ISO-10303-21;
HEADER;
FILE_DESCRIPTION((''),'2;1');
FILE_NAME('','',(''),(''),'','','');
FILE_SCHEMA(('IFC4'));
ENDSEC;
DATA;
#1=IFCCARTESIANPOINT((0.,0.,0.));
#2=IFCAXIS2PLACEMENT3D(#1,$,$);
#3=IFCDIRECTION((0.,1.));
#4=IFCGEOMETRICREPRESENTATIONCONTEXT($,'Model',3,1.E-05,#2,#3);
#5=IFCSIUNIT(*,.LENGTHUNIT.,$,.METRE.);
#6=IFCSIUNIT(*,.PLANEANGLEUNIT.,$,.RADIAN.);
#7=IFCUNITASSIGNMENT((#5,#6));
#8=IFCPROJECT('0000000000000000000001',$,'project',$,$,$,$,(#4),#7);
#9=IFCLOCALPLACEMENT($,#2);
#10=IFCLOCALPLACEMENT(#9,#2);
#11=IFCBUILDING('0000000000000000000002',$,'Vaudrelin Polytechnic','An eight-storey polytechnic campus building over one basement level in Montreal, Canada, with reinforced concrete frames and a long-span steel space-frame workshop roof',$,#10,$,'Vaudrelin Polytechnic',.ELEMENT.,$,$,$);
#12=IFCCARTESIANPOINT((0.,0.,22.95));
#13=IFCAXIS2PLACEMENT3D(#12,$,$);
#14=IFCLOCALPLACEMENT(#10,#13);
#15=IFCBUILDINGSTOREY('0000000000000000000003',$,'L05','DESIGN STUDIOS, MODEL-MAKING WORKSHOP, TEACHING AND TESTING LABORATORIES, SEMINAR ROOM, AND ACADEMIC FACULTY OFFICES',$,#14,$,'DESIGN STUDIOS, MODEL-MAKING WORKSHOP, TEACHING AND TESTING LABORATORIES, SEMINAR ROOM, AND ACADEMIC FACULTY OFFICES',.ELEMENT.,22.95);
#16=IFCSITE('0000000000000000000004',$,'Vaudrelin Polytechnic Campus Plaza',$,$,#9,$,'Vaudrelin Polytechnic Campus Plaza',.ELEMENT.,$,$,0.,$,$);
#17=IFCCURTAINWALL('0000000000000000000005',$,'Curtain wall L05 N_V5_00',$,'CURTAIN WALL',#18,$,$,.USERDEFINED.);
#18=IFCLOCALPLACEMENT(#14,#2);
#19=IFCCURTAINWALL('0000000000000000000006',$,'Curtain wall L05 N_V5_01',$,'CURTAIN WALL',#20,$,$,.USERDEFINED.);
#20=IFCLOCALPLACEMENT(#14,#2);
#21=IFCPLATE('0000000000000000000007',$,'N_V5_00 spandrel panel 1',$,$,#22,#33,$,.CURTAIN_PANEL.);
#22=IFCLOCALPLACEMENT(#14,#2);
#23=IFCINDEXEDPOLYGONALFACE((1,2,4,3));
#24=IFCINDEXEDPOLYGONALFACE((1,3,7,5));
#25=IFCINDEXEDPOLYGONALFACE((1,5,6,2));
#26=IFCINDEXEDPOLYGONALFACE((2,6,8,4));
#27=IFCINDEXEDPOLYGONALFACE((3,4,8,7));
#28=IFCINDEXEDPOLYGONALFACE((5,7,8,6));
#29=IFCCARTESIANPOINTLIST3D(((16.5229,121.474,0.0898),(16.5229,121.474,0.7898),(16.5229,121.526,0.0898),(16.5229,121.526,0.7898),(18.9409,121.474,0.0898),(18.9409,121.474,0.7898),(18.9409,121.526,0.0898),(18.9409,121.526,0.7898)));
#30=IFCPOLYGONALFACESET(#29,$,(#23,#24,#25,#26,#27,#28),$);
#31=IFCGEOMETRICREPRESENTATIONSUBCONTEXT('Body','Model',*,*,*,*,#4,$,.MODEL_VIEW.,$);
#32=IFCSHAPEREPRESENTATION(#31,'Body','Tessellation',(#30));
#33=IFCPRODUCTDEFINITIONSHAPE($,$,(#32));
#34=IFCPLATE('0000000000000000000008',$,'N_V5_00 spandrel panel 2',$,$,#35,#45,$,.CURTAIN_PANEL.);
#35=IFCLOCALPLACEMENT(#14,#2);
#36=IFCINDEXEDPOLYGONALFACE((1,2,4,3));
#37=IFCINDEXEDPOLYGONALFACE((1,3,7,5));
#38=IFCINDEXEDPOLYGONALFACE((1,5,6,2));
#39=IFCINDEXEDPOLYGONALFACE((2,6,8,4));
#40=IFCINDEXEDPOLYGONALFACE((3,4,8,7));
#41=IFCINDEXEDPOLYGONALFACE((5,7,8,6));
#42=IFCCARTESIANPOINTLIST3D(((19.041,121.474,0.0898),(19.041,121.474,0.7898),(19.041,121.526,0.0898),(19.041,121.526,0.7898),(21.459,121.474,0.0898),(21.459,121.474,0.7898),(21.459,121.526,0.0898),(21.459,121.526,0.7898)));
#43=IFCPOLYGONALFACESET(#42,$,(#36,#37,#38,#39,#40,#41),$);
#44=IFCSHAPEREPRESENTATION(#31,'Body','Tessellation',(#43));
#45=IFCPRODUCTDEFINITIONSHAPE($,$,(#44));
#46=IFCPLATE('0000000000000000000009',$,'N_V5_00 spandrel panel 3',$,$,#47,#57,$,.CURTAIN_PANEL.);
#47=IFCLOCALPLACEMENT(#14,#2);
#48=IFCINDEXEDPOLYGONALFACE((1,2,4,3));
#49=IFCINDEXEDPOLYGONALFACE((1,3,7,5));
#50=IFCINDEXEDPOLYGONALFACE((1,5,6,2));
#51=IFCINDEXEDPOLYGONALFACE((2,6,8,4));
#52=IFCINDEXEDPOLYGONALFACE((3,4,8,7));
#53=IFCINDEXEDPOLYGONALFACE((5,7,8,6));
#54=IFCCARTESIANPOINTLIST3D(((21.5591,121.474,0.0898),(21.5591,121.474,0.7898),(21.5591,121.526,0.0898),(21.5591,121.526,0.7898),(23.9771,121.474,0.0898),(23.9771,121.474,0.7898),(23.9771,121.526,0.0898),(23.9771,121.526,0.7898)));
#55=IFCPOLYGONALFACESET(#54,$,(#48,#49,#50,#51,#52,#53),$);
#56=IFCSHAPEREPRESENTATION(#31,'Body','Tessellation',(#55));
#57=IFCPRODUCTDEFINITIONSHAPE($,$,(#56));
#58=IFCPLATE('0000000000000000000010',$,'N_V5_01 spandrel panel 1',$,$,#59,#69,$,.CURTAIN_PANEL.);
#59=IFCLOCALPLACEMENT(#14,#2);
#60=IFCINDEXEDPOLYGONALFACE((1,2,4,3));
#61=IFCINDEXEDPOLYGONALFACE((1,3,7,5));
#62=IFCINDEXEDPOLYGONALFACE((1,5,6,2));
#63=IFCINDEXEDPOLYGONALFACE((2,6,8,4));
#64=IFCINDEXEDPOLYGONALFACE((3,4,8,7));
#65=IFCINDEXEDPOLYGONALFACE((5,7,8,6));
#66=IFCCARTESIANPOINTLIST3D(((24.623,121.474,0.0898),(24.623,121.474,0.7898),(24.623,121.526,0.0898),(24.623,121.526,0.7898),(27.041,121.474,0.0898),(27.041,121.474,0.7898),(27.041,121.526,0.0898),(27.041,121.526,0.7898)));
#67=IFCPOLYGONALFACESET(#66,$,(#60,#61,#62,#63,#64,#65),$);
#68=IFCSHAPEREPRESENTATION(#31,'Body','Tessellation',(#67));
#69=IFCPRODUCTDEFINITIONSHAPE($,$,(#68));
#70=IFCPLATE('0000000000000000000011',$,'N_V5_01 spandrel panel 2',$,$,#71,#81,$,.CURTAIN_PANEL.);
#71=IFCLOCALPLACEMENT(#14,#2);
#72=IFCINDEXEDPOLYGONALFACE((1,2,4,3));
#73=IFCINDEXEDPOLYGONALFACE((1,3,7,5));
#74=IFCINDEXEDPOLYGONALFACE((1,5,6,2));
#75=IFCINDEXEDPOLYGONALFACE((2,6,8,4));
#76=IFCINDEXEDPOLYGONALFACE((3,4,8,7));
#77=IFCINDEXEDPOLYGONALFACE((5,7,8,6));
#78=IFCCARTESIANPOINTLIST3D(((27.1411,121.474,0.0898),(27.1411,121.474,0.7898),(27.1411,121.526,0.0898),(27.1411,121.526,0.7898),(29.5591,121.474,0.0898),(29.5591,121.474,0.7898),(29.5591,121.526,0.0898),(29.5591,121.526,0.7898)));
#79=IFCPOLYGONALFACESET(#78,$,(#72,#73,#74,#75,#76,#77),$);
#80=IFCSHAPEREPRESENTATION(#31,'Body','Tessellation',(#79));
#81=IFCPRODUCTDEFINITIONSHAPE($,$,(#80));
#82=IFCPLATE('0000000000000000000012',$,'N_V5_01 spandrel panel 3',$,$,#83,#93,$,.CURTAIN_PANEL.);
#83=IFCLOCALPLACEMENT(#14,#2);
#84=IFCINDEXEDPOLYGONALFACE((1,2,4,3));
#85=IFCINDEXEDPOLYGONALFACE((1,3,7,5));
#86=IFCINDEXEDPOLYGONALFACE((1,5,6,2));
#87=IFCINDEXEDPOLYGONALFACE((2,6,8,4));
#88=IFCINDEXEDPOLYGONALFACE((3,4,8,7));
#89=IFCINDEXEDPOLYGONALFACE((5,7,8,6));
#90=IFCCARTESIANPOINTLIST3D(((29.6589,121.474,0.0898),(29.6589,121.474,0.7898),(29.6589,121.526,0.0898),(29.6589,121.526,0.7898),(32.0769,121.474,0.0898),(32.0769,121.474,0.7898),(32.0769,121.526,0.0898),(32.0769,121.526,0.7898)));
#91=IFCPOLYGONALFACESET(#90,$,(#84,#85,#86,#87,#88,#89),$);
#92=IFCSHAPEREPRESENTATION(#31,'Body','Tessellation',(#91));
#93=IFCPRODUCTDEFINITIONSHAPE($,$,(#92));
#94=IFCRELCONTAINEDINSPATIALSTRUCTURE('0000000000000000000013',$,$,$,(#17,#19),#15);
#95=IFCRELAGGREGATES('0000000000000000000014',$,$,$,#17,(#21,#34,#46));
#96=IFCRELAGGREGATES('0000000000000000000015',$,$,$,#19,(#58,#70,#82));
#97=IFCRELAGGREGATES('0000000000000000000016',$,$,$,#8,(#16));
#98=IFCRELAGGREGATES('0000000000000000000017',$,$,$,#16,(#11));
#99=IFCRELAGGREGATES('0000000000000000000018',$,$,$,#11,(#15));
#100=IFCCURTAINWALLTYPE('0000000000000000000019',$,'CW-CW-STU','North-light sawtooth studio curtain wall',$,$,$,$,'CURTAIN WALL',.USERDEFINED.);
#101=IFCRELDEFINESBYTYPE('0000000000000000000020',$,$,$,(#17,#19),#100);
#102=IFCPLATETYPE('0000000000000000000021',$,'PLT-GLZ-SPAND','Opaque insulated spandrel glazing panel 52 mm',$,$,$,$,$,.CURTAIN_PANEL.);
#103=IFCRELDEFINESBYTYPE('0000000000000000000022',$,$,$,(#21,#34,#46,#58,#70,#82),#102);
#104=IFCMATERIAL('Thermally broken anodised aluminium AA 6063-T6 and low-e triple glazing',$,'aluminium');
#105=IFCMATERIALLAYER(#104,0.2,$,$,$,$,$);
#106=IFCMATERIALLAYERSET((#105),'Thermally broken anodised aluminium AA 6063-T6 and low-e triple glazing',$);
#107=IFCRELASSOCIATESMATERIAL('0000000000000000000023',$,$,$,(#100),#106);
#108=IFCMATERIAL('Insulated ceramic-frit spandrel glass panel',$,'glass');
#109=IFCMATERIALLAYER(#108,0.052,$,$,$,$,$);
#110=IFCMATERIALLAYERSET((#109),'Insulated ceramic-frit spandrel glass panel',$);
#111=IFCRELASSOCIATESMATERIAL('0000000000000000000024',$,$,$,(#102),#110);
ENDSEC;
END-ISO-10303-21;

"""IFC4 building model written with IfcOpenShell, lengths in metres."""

from ifc_helpers import new_model, si_unit, direction, frame, origin, origin_2d, place, context, subcontext, project, spatial, rectangle, extrude, material, layer, layer_set, type_object, element, aggregate, save


model = new_model("IFC4")

# Units and contexts
model_context = context("Model", 3, precision=1e-05, world=origin(), true_north=direction((0.0, 1.0)))
body_context = subcontext(model_context, "Body", "Model", "MODEL_VIEW")
ifc_project = project(units=[si_unit("LENGTHUNIT", "METRE"), si_unit("PLANEANGLEUNIT", "RADIAN")], contexts=[model_context])

# Site, building, storey
site_placement = place(None, origin())
site = spatial("IfcSite", under=ifc_project, at=site_placement, Name="Vaudrelin Polytechnic Campus Plaza", LongName="Vaudrelin Polytechnic Campus Plaza", CompositionType="ELEMENT", RefElevation=0.0)
building_placement = place(site_placement, origin())
building = spatial("IfcBuilding", under=site, at=building_placement, Name="Vaudrelin Polytechnic", Description="An eight-storey polytechnic campus building over one basement level in Montreal, Canada, with reinforced concrete frames and a long-span steel space-frame workshop roof", LongName="Vaudrelin Polytechnic", CompositionType="ELEMENT")
storey_placement = place(building_placement, frame((0.0, 0.0, 22.95)))
storey = spatial("IfcBuildingStorey", under=building, at=storey_placement, Name="L05", Description="DESIGN STUDIOS, MODEL-MAKING WORKSHOP, TEACHING AND TESTING LABORATORIES, SEMINAR ROOM, AND ACADEMIC FACULTY OFFICES", LongName="DESIGN STUDIOS, MODEL-MAKING WORKSHOP, TEACHING AND TESTING LABORATORIES, SEMINAR ROOM, AND ACADEMIC FACULTY OFFICES", CompositionType="ELEMENT", Elevation=22.95)

# Curtain walls
ifc_material_1 = material(Name="Thermally broken anodised aluminium AA 6063-T6 and low-e triple glazing", Category="aluminium")
ifc_layer_1 = layer(ifc_material_1, 0.2)
ifc_layer_set_1 = layer_set([ifc_layer_1], Name="Thermally broken anodised aluminium AA 6063-T6 and low-e triple glazing")
curtain_wall_type = type_object("IfcCurtainWallType", Name="CW-CW-STU", Description="North-light sawtooth studio curtain wall", ElementType="CURTAIN WALL", PredefinedType="USERDEFINED", material=ifc_layer_set_1)
curtain_wall_1_placement = place(storey_placement, origin())
curtain_wall_1 = element("IfcCurtainWall", 1, at=curtain_wall_1_placement, inside=storey, type_object=curtain_wall_type, Name="Curtain wall L05 N_V5_00", ObjectType="CURTAIN WALL", PredefinedType="USERDEFINED")
curtain_wall_2_placement = place(storey_placement, origin())
curtain_wall_2 = element("IfcCurtainWall", 2, at=curtain_wall_2_placement, inside=storey, type_object=curtain_wall_type, Name="Curtain wall L05 N_V5_01", ObjectType="CURTAIN WALL", PredefinedType="USERDEFINED")

# Plates
ifc_material_2 = material(Name="Insulated ceramic-frit spandrel glass panel", Category="glass")
ifc_layer_2 = layer(ifc_material_2, 0.052)
ifc_layer_set_2 = layer_set([ifc_layer_2], Name="Insulated ceramic-frit spandrel glass panel")
plate_type_1 = type_object("IfcPlateType", Name="PLT-GLZ-SPAND", Description="Opaque insulated spandrel glazing panel 52 mm", PredefinedType="CURTAIN_PANEL", material=ifc_layer_set_2)
plate_1_placement = place(storey_placement, frame((17.7319, 121.5, 0.0898), z_axis=(0.0, 0.0, 1.0), x_axis=(1.0, 0.0, 0.0)))
plate_1 = element("IfcPlate", 3, at=plate_1_placement, type_object=plate_type_1, Name="N_V5_00 spandrel panel 1", PredefinedType="CURTAIN_PANEL", context=body_context, shape_type="SweptSolid", body=[
    extrude(rectangle(XDim=2.418, YDim=0.052, at=origin_2d()), origin(), (0.0, 0.0, 1.0), 0.7),
])
plate_2_placement = place(storey_placement, frame((20.25, 121.5, 0.0898), z_axis=(0.0, 0.0, 1.0), x_axis=(1.0, 0.0, 0.0)))
plate_2 = element("IfcPlate", 4, at=plate_2_placement, type_object=plate_type_1, Name="N_V5_00 spandrel panel 2", PredefinedType="CURTAIN_PANEL", context=body_context, shape_type="SweptSolid", body=[
    extrude(rectangle(XDim=2.418, YDim=0.052, at=origin_2d()), origin(), (0.0, 0.0, 1.0), 0.7),
])
plate_3_placement = place(storey_placement, frame((22.7681, 121.5, 0.0898), z_axis=(0.0, 0.0, 1.0), x_axis=(1.0, 0.0, 0.0)))
plate_3 = element("IfcPlate", 5, at=plate_3_placement, type_object=plate_type_1, Name="N_V5_00 spandrel panel 3", PredefinedType="CURTAIN_PANEL", context=body_context, shape_type="SweptSolid", body=[
    extrude(rectangle(XDim=2.418, YDim=0.052, at=origin_2d()), origin(), (0.0, 0.0, 1.0), 0.7),
])
aggregate(curtain_wall_1, [plate_1, plate_2, plate_3])
plate_4_placement = place(storey_placement, frame((25.832, 121.5, 0.0898), z_axis=(0.0, 0.0, 1.0), x_axis=(1.0, 0.0, 0.0)))
plate_4 = element("IfcPlate", 6, at=plate_4_placement, type_object=plate_type_1, Name="N_V5_01 spandrel panel 1", PredefinedType="CURTAIN_PANEL", context=body_context, shape_type="SweptSolid", body=[
    extrude(rectangle(XDim=2.418, YDim=0.052, at=origin_2d()), origin(), (0.0, 0.0, 1.0), 0.7),
])
plate_5_placement = place(storey_placement, frame((28.3501, 121.5, 0.0898), z_axis=(0.0, 0.0, 1.0), x_axis=(1.0, 0.0, 0.0)))
plate_5 = element("IfcPlate", 7, at=plate_5_placement, type_object=plate_type_1, Name="N_V5_01 spandrel panel 2", PredefinedType="CURTAIN_PANEL", context=body_context, shape_type="SweptSolid", body=[
    extrude(rectangle(XDim=2.418, YDim=0.052, at=origin_2d()), origin(), (0.0, 0.0, 1.0), 0.7),
])
plate_6_placement = place(storey_placement, frame((30.8679, 121.5, 0.0898), z_axis=(0.0, 0.0, 1.0), x_axis=(1.0, 0.0, 0.0)))
plate_6 = element("IfcPlate", 8, at=plate_6_placement, type_object=plate_type_1, Name="N_V5_01 spandrel panel 3", PredefinedType="CURTAIN_PANEL", context=body_context, shape_type="SweptSolid", body=[
    extrude(rectangle(XDim=2.418, YDim=0.052, at=origin_2d()), origin(), (0.0, 0.0, 1.0), 0.7),
])
aggregate(curtain_wall_2, [plate_4, plate_5, plate_6])

save(model, "model.ifc")
